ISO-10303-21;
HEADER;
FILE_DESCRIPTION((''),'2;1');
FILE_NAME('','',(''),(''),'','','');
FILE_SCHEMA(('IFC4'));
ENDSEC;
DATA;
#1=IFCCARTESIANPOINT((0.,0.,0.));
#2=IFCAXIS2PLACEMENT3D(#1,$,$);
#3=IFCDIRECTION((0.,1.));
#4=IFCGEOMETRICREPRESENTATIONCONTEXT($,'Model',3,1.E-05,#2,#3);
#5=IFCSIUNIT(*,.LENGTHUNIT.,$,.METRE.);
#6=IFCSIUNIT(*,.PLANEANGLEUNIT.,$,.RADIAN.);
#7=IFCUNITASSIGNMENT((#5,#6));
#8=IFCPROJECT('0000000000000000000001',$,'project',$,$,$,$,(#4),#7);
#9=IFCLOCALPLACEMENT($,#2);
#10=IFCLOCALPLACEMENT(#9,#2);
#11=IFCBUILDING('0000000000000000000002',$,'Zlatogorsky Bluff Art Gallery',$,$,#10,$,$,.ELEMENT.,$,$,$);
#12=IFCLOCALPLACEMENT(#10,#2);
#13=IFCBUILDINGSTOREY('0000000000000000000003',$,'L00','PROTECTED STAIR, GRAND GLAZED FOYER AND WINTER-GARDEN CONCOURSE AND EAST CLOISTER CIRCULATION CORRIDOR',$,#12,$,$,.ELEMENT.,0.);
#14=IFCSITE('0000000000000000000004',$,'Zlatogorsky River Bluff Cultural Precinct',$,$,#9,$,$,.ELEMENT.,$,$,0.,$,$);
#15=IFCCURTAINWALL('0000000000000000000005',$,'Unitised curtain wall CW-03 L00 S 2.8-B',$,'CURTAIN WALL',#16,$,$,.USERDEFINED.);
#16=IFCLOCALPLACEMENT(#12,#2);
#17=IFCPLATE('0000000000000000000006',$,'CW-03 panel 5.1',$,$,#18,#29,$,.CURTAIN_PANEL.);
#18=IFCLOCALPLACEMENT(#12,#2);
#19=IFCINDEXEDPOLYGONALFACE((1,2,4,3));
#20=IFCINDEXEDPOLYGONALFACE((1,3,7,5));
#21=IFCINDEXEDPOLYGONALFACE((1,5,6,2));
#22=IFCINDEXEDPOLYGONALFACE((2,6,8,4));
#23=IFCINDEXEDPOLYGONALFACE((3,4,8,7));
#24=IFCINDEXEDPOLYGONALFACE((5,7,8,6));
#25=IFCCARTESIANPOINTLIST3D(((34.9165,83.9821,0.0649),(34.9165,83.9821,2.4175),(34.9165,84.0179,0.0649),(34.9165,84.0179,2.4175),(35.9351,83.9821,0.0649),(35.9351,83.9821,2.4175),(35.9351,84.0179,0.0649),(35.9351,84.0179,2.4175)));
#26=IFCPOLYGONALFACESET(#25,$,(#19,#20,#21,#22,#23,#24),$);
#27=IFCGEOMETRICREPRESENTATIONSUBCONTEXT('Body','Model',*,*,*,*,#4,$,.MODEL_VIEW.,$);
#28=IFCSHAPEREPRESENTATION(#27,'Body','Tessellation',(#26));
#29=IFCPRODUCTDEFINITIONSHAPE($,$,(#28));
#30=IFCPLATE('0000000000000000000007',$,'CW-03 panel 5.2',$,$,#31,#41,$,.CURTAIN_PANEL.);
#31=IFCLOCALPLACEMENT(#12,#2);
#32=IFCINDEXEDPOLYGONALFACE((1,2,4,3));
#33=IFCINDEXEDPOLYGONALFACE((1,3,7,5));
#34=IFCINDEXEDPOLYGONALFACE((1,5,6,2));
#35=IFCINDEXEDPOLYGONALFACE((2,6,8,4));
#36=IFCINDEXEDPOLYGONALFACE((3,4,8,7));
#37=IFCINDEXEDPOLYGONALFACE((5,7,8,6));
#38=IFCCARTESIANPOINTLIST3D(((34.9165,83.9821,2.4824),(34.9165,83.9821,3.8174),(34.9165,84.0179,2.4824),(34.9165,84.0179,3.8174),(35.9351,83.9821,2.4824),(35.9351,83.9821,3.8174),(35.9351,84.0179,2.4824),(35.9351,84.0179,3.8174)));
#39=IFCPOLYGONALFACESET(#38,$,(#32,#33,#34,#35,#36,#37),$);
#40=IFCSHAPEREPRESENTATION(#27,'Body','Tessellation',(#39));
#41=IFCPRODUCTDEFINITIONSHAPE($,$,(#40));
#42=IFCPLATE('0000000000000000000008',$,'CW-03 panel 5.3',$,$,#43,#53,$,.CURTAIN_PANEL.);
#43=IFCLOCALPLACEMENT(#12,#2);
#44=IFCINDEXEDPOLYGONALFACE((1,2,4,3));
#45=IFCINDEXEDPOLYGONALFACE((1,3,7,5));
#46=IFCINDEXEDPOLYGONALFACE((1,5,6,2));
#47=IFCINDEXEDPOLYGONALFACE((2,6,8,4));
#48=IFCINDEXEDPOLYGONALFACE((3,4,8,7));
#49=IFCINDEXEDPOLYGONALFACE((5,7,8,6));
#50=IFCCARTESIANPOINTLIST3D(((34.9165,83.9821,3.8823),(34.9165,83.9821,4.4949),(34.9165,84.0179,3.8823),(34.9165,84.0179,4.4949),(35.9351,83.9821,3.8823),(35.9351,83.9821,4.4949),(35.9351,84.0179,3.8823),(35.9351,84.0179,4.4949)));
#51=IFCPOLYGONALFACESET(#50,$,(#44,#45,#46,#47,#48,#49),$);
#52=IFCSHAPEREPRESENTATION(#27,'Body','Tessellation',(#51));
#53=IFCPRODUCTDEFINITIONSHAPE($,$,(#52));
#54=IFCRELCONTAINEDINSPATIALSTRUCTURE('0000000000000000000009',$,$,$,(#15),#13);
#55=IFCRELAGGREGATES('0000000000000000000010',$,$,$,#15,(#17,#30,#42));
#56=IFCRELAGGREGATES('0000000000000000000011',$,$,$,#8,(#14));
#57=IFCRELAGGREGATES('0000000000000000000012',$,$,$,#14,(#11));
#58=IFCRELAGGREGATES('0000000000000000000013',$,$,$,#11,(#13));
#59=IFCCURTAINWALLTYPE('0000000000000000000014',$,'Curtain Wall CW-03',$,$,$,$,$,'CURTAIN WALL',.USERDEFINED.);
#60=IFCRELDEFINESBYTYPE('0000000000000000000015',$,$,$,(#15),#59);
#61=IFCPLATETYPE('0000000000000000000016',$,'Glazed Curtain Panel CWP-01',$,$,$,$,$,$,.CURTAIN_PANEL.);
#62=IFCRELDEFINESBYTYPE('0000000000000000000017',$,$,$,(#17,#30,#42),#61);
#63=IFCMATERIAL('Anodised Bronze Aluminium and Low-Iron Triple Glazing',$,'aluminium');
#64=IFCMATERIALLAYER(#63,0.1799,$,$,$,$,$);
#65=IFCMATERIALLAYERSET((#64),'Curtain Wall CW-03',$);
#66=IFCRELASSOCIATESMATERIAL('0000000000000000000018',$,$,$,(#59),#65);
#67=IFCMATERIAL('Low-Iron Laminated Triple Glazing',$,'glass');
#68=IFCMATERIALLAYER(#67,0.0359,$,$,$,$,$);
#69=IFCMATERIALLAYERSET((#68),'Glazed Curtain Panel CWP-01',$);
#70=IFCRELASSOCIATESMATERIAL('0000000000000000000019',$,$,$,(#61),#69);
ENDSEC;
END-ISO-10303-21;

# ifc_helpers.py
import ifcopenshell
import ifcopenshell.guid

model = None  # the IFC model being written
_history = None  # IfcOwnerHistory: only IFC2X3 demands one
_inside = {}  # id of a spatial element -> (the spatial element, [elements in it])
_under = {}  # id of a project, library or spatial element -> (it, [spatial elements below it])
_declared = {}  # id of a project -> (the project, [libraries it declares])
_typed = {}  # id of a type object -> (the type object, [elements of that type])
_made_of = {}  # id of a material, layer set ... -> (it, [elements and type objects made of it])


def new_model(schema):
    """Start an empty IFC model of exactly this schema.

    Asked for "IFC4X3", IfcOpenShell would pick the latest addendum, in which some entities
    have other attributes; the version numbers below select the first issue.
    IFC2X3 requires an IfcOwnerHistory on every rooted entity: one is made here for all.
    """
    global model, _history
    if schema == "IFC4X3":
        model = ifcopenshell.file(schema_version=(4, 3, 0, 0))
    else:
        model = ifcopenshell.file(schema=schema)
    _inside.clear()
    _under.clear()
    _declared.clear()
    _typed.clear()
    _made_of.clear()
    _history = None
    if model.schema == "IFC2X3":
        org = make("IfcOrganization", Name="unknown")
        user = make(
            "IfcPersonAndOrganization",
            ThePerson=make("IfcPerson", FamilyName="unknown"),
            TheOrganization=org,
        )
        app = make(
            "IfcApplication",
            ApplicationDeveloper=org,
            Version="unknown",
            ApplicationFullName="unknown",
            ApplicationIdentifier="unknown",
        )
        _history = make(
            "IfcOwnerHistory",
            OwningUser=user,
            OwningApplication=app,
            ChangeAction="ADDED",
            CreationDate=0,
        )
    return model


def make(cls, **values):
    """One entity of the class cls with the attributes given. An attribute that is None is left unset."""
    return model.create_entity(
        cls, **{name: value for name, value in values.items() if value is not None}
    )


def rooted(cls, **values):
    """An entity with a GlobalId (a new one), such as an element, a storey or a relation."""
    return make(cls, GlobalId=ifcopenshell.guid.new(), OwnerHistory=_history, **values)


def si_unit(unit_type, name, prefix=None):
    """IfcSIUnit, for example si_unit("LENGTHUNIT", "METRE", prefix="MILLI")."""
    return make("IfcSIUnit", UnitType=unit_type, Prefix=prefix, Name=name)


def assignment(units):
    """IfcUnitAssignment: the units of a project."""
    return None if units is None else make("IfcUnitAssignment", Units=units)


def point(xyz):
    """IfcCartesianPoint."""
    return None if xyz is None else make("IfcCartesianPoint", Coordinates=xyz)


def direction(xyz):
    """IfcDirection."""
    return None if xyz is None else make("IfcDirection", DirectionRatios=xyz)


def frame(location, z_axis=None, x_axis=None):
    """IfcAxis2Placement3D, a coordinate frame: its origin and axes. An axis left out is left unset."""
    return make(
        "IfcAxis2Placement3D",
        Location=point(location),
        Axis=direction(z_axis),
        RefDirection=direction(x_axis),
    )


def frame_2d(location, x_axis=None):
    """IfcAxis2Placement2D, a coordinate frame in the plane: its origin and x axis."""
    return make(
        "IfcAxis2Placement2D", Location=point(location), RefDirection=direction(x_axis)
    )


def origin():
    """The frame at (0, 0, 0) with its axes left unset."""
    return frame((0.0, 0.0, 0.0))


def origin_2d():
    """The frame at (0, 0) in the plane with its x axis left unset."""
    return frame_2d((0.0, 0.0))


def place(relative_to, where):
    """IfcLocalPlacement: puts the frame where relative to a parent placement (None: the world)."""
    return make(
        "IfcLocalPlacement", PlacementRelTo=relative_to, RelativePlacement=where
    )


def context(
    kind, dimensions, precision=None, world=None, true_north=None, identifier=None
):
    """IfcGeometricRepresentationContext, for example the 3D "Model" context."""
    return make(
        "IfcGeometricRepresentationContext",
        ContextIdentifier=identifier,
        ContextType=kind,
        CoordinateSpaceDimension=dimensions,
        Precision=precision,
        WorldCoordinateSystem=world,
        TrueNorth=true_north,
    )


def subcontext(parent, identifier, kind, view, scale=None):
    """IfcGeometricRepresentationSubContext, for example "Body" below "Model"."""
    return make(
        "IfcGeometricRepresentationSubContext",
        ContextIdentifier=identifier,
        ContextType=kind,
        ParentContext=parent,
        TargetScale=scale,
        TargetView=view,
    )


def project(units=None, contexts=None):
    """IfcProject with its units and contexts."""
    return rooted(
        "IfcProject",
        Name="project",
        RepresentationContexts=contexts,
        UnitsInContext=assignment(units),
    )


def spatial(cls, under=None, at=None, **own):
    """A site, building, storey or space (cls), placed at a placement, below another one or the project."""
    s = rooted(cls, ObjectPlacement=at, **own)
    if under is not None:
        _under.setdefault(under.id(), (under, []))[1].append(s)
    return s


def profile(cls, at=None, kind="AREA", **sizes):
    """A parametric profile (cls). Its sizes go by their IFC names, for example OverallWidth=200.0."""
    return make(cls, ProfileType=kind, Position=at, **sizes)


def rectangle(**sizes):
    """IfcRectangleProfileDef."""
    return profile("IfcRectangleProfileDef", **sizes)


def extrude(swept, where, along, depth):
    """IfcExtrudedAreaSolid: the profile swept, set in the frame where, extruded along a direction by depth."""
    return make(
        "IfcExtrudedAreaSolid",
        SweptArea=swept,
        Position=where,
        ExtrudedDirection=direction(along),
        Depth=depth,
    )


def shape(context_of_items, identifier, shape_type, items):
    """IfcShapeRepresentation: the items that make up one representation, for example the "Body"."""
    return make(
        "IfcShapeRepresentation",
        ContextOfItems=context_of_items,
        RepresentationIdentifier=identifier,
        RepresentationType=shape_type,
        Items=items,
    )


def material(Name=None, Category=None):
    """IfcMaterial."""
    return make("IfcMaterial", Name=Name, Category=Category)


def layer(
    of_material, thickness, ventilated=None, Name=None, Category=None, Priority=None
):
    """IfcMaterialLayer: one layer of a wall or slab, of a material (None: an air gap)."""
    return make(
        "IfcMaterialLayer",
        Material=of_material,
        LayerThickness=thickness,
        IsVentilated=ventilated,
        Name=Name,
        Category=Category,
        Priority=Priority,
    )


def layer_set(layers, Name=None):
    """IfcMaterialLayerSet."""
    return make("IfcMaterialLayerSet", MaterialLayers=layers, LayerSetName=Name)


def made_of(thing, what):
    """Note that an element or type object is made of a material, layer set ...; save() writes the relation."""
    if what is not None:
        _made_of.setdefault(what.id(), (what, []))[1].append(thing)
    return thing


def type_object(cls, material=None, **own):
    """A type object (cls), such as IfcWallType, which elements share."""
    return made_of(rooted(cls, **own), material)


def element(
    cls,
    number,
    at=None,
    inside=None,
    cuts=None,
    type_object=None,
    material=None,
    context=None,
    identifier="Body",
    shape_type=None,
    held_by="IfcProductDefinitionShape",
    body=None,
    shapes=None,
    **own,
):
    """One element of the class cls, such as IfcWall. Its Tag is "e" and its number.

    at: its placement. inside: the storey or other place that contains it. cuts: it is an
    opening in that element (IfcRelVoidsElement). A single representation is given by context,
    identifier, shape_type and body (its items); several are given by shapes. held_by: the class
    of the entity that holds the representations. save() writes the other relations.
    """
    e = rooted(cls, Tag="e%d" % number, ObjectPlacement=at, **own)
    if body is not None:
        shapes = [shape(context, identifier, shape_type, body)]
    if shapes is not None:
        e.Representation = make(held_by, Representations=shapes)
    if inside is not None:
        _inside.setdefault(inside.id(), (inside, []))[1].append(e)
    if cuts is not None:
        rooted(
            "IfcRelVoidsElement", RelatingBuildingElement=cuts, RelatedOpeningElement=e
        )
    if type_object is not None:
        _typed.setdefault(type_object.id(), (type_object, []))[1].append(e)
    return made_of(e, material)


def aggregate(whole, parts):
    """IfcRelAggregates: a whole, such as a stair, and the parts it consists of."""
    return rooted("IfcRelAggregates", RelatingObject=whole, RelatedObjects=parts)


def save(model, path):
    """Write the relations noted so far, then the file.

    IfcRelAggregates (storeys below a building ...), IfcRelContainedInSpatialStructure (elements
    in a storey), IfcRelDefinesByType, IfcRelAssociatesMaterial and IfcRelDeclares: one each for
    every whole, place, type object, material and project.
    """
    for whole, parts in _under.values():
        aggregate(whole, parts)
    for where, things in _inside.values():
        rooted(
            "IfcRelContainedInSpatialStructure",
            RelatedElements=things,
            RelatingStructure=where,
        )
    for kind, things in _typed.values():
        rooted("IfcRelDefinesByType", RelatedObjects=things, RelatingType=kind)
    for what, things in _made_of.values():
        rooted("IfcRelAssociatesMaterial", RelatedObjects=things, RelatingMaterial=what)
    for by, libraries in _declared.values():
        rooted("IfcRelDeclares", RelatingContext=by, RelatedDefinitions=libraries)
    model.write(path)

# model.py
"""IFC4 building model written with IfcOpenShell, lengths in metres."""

from ifc_helpers import new_model, si_unit, direction, frame, origin, origin_2d, place, context, subcontext, project, spatial, rectangle, extrude, material, layer, layer_set, type_object, element, aggregate, save


model = new_model("IFC4")

# Units and contexts
model_context = context("Model", 3, precision=1e-05, world=origin(), true_north=direction((0.0, 1.0)))
body_context = subcontext(model_context, "Body", "Model", "MODEL_VIEW")
ifc_project = project(units=[si_unit("LENGTHUNIT", "METRE"), si_unit("PLANEANGLEUNIT", "RADIAN")], contexts=[model_context])

# Site, building, storey
site_placement = place(None, origin())
site = spatial("IfcSite", under=ifc_project, at=site_placement, Name="Zlatogorsky River Bluff Cultural Precinct", CompositionType="ELEMENT", RefElevation=0.0)
building_placement = place(site_placement, origin())
building = spatial("IfcBuilding", under=site, at=building_placement, Name="Zlatogorsky Bluff Art Gallery", CompositionType="ELEMENT")
storey_placement = place(building_placement, origin())
storey = spatial("IfcBuildingStorey", under=building, at=storey_placement, Name="L00", Description="PROTECTED STAIR, GRAND GLAZED FOYER AND WINTER-GARDEN CONCOURSE AND EAST CLOISTER CIRCULATION CORRIDOR", CompositionType="ELEMENT", Elevation=0.0)

# Curtain wall
ifc_material_1 = material(Name="Anodised Bronze Aluminium and Low-Iron Triple Glazing", Category="aluminium")
ifc_layer_1 = layer(ifc_material_1, 0.1799)
ifc_layer_set_1 = layer_set([ifc_layer_1], Name="Curtain Wall CW-03")
curtain_wall_type_1 = type_object("IfcCurtainWallType", Name="Curtain Wall CW-03", ElementType="CURTAIN WALL", PredefinedType="USERDEFINED", material=ifc_layer_set_1)
curtain_wall_1_placement = place(storey_placement, origin())
curtain_wall_1 = element("IfcCurtainWall", 1, at=curtain_wall_1_placement, inside=storey, type_object=curtain_wall_type_1, Name="Unitised curtain wall CW-03 L00 S 2.8-B", ObjectType="CURTAIN WALL", PredefinedType="USERDEFINED")

# Plates
ifc_material_2 = material(Name="Low-Iron Laminated Triple Glazing", Category="glass")
ifc_layer_2 = layer(ifc_material_2, 0.0359)
ifc_layer_set_2 = layer_set([ifc_layer_2], Name="Glazed Curtain Panel CWP-01")
plate_type = type_object("IfcPlateType", Name="Glazed Curtain Panel CWP-01", PredefinedType="CURTAIN_PANEL", material=ifc_layer_set_2)
plate_1_placement = place(storey_placement, frame((35.4258, 84.0, 0.0649), z_axis=(0.0, 0.0, 1.0), x_axis=(1.0, 0.0, 0.0)))
plate_1 = element("IfcPlate", 2, at=plate_1_placement, type_object=plate_type, Name="CW-03 panel 5.1", PredefinedType="CURTAIN_PANEL", context=body_context, shape_type="SweptSolid", body=[
    extrude(rectangle(XDim=1.0186, YDim=0.0359, at=origin_2d()), origin(), (0.0, 0.0, 1.0), 2.3525),
])
plate_2_placement = place(storey_placement, frame((35.4258, 84.0, 2.4824), z_axis=(0.0, 0.0, 1.0), x_axis=(1.0, 0.0, 0.0)))
plate_2 = element("IfcPlate", 3, at=plate_2_placement, type_object=plate_type, Name="CW-03 panel 5.2", PredefinedType="CURTAIN_PANEL", context=body_context, shape_type="SweptSolid", body=[
    extrude(rectangle(XDim=1.0186, YDim=0.0359, at=origin_2d()), origin(), (0.0, 0.0, 1.0), 1.335),
])
plate_3_placement = place(storey_placement, frame((35.4258, 84.0, 3.8823), z_axis=(0.0, 0.0, 1.0), x_axis=(1.0, 0.0, 0.0)))
plate_3 = element("IfcPlate", 4, at=plate_3_placement, type_object=plate_type, Name="CW-03 panel 5.3", PredefinedType="CURTAIN_PANEL", context=body_context, shape_type="SweptSolid", body=[
    extrude(rectangle(XDim=1.0186, YDim=0.0359, at=origin_2d()), origin(), (0.0, 0.0, 1.0), 0.6125),
])
aggregate(curtain_wall_1, [plate_1, plate_2, plate_3])

save(model, "model.ifc")
